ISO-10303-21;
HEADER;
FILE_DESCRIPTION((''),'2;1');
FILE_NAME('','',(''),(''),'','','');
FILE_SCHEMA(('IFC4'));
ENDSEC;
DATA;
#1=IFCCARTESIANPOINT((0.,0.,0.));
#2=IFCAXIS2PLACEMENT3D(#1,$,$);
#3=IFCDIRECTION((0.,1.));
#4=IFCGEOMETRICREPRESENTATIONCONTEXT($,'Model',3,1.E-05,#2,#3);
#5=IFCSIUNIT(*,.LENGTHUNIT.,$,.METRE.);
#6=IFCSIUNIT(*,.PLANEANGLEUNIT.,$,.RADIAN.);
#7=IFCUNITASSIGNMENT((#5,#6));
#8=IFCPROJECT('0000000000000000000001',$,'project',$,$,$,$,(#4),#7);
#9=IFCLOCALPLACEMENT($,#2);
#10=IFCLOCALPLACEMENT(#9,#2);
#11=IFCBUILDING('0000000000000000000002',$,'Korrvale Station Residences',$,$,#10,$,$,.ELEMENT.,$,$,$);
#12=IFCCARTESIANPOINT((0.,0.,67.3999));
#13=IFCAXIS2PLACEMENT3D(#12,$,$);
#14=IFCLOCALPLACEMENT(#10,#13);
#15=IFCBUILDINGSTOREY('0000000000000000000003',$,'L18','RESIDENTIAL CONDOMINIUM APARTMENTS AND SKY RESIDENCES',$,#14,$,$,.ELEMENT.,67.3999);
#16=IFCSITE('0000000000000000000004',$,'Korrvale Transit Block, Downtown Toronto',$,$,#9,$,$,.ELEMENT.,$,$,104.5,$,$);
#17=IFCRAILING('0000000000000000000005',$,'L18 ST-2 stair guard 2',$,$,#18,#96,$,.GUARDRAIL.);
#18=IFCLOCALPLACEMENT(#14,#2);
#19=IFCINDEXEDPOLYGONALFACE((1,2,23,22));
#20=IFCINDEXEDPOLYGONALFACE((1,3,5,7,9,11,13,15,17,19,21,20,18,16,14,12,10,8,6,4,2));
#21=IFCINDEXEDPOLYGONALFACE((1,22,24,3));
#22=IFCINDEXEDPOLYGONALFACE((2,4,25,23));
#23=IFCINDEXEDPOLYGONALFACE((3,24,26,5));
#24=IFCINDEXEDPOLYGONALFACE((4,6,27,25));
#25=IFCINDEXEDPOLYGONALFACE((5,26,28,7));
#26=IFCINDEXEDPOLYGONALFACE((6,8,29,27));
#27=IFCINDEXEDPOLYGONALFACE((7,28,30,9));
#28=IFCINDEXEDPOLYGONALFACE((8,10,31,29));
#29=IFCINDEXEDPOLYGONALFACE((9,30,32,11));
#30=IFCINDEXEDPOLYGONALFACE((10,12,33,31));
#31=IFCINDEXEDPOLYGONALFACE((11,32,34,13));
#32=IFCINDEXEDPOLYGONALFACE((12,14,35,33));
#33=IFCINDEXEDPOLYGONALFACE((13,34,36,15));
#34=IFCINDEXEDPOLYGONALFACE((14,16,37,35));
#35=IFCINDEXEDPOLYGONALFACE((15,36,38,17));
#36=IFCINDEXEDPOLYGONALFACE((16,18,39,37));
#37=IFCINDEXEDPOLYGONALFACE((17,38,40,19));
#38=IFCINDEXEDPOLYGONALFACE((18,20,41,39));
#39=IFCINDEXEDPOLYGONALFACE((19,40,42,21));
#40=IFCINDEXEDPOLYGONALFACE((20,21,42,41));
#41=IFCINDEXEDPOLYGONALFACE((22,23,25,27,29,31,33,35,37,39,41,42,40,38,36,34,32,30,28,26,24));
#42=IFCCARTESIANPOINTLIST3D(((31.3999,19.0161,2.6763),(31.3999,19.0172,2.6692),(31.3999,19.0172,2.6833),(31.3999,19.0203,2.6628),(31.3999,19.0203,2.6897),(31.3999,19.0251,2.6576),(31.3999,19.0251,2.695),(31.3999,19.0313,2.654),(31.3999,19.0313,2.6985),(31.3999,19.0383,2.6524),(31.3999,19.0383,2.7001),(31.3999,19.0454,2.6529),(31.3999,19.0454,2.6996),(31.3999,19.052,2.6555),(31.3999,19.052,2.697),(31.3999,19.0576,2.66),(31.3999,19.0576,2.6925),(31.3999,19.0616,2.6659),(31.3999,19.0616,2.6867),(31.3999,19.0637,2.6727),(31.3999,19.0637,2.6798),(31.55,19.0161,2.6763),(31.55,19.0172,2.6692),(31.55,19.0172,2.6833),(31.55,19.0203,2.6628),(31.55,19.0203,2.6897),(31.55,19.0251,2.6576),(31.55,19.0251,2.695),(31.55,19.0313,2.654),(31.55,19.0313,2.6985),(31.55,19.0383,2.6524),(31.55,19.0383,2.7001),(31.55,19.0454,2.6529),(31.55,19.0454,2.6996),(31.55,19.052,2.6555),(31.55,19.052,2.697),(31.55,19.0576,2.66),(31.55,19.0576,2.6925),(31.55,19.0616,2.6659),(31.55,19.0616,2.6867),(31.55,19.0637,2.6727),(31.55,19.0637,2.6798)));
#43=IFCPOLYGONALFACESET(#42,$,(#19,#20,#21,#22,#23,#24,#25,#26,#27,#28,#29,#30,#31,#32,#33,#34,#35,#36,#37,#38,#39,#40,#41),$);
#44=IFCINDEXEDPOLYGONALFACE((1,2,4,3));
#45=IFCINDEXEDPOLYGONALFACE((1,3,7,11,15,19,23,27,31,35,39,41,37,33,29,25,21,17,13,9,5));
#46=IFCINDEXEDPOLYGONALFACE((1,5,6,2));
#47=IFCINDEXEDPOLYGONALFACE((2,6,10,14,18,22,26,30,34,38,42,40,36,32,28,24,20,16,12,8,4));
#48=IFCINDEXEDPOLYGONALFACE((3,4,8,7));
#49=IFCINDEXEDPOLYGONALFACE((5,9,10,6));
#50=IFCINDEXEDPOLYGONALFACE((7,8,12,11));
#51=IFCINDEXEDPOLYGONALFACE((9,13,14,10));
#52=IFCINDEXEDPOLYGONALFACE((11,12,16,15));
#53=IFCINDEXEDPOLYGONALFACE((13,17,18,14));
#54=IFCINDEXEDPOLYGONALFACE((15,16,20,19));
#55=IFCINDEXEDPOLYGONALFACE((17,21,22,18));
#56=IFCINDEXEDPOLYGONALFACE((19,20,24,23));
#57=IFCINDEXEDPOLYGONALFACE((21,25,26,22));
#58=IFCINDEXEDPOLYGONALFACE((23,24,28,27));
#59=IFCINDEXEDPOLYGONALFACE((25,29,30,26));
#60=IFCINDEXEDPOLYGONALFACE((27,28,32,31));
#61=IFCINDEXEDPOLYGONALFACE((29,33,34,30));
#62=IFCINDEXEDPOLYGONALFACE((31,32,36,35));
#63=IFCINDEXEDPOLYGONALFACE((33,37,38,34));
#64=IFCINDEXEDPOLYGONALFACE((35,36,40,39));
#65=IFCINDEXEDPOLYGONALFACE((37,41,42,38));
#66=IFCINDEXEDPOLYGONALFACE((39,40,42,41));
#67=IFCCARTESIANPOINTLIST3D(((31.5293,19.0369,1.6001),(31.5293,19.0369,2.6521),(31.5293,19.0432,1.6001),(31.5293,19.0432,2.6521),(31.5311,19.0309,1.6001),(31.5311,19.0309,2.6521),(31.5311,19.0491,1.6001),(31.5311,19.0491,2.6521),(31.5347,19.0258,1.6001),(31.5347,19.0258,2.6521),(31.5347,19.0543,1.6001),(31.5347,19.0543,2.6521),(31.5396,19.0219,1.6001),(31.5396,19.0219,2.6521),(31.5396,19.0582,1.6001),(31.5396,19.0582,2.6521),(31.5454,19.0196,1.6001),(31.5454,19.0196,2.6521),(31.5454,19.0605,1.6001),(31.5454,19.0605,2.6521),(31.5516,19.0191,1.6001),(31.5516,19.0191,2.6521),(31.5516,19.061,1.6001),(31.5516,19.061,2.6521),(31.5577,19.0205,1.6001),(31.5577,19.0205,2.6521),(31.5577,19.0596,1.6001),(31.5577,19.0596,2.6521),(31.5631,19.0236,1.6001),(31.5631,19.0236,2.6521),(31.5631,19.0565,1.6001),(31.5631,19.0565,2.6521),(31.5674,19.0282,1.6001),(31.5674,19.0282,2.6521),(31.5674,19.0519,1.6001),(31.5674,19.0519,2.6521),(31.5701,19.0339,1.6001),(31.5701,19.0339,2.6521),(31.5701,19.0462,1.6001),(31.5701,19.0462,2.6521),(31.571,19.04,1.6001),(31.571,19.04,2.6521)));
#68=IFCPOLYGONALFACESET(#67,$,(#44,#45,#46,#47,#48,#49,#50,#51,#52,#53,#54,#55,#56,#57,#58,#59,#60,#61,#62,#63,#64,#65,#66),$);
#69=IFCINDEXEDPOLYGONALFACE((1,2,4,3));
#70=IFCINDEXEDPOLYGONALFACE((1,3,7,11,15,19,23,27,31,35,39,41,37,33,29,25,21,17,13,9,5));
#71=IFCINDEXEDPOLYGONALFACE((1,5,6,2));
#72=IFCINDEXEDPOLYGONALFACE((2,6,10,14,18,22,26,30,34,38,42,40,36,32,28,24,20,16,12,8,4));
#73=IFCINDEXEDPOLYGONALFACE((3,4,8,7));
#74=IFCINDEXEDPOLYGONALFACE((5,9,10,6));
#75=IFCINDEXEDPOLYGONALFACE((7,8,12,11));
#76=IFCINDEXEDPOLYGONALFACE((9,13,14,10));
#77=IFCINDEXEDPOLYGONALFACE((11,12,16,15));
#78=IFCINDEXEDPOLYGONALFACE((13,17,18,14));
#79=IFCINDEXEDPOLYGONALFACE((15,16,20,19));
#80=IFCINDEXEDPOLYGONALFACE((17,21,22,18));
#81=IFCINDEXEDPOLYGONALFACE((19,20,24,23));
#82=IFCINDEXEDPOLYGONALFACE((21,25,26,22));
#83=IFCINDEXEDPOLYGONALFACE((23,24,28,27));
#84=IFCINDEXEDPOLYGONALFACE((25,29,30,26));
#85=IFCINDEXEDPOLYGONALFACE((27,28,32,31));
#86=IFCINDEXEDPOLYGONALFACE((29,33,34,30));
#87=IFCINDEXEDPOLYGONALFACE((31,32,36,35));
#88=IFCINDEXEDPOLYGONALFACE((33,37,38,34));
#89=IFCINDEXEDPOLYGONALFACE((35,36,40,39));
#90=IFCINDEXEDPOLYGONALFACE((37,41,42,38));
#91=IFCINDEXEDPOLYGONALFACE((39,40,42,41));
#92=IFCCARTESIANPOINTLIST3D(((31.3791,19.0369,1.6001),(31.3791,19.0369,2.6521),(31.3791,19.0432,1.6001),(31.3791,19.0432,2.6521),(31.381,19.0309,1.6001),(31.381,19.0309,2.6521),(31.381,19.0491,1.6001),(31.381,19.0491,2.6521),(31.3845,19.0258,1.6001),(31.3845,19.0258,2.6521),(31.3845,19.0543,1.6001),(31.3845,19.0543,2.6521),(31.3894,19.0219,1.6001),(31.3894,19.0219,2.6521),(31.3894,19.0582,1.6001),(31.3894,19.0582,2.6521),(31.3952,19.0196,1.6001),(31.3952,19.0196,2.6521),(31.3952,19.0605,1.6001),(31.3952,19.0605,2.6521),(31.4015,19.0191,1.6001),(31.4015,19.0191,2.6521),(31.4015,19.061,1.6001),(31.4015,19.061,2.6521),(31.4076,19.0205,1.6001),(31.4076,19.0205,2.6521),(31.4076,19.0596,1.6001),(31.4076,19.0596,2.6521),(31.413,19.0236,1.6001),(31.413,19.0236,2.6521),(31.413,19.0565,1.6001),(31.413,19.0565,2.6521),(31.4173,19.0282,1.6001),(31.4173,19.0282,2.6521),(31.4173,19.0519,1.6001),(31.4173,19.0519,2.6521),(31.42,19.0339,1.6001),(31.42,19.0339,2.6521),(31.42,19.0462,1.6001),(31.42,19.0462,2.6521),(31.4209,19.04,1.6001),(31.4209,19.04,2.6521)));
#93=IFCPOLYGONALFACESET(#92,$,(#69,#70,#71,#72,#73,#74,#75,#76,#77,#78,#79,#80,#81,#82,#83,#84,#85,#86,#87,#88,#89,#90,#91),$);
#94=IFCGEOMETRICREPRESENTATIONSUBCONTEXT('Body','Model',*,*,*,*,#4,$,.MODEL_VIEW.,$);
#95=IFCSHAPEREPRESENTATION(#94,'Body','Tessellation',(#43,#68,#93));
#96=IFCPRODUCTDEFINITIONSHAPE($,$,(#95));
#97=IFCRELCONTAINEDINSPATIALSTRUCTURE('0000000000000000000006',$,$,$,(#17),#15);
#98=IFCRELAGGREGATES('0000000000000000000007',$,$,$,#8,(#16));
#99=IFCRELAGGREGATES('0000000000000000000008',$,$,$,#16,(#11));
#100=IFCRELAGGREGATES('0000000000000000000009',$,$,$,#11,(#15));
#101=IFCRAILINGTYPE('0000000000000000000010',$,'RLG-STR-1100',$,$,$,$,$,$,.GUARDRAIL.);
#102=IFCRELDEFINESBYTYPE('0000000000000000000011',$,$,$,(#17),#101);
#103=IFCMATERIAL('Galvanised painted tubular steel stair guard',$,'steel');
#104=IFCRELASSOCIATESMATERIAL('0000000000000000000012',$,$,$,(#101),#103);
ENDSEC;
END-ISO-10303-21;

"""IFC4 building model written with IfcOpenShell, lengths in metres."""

from ifc_helpers import new_model, si_unit, direction, frame, origin, origin_2d, place, context, subcontext, project, spatial, circle, extrude, material, type_object, element, save


model = new_model("IFC4")

# Units and contexts
model_context = context("Model", 3, precision=1e-05, world=origin(), true_north=direction((0.0, 1.0)))
body_context = subcontext(model_context, "Body", "Model", "MODEL_VIEW")
ifc_project = project(units=[si_unit("LENGTHUNIT", "METRE"), si_unit("PLANEANGLEUNIT", "RADIAN")], contexts=[model_context])

# Site, building, storey
site_placement = place(None, origin())
site = spatial("IfcSite", under=ifc_project, at=site_placement, Name="Korrvale Transit Block, Downtown Toronto", CompositionType="ELEMENT", RefElevation=104.5)
building_placement = place(site_placement, origin())
building = spatial("IfcBuilding", under=site, at=building_placement, Name="Korrvale Station Residences", CompositionType="ELEMENT")
storey_placement = place(building_placement, frame((0.0, 0.0, 67.3999)))
storey = spatial("IfcBuildingStorey", under=building, at=storey_placement, Name="L18", Description="RESIDENTIAL CONDOMINIUM APARTMENTS AND SKY RESIDENCES", CompositionType="ELEMENT", Elevation=67.3999)

# Railing
ifc_material_1 = material(Name="Galvanised painted tubular steel stair guard", Category="steel")
railing_type_1 = type_object("IfcRailingType", Name="RLG-STR-1100", PredefinedType="GUARDRAIL", material=ifc_material_1)
railing_1_placement = place(storey_placement, frame((31.55, 19.04, 1.6001)))
element("IfcRailing", 1, at=railing_1_placement, inside=storey, type_object=railing_type_1, Name="L18 ST-2 stair guard 2", PredefinedType="GUARDRAIL", context=body_context, shape_type="SweptSolid", body=[
    extrude(circle(Radius=0.0239, at=origin_2d()), frame((0.0, 0.0, 1.0762), z_axis=(-1.0, 0.0, 0.0), x_axis=(0.0, -1.0, 0.0)), (0.0, 0.0, 1.0), 0.1501),
    extrude(circle(Radius=0.021, at=origin_2d()), origin(), (0.0, 0.0, 1.0), 1.052),
    extrude(circle(Radius=0.021, at=origin_2d()), frame((-0.1501, 0.0, 0.0)), (0.0, 0.0, 1.0), 1.052),
])

save(model, "model.ifc")
